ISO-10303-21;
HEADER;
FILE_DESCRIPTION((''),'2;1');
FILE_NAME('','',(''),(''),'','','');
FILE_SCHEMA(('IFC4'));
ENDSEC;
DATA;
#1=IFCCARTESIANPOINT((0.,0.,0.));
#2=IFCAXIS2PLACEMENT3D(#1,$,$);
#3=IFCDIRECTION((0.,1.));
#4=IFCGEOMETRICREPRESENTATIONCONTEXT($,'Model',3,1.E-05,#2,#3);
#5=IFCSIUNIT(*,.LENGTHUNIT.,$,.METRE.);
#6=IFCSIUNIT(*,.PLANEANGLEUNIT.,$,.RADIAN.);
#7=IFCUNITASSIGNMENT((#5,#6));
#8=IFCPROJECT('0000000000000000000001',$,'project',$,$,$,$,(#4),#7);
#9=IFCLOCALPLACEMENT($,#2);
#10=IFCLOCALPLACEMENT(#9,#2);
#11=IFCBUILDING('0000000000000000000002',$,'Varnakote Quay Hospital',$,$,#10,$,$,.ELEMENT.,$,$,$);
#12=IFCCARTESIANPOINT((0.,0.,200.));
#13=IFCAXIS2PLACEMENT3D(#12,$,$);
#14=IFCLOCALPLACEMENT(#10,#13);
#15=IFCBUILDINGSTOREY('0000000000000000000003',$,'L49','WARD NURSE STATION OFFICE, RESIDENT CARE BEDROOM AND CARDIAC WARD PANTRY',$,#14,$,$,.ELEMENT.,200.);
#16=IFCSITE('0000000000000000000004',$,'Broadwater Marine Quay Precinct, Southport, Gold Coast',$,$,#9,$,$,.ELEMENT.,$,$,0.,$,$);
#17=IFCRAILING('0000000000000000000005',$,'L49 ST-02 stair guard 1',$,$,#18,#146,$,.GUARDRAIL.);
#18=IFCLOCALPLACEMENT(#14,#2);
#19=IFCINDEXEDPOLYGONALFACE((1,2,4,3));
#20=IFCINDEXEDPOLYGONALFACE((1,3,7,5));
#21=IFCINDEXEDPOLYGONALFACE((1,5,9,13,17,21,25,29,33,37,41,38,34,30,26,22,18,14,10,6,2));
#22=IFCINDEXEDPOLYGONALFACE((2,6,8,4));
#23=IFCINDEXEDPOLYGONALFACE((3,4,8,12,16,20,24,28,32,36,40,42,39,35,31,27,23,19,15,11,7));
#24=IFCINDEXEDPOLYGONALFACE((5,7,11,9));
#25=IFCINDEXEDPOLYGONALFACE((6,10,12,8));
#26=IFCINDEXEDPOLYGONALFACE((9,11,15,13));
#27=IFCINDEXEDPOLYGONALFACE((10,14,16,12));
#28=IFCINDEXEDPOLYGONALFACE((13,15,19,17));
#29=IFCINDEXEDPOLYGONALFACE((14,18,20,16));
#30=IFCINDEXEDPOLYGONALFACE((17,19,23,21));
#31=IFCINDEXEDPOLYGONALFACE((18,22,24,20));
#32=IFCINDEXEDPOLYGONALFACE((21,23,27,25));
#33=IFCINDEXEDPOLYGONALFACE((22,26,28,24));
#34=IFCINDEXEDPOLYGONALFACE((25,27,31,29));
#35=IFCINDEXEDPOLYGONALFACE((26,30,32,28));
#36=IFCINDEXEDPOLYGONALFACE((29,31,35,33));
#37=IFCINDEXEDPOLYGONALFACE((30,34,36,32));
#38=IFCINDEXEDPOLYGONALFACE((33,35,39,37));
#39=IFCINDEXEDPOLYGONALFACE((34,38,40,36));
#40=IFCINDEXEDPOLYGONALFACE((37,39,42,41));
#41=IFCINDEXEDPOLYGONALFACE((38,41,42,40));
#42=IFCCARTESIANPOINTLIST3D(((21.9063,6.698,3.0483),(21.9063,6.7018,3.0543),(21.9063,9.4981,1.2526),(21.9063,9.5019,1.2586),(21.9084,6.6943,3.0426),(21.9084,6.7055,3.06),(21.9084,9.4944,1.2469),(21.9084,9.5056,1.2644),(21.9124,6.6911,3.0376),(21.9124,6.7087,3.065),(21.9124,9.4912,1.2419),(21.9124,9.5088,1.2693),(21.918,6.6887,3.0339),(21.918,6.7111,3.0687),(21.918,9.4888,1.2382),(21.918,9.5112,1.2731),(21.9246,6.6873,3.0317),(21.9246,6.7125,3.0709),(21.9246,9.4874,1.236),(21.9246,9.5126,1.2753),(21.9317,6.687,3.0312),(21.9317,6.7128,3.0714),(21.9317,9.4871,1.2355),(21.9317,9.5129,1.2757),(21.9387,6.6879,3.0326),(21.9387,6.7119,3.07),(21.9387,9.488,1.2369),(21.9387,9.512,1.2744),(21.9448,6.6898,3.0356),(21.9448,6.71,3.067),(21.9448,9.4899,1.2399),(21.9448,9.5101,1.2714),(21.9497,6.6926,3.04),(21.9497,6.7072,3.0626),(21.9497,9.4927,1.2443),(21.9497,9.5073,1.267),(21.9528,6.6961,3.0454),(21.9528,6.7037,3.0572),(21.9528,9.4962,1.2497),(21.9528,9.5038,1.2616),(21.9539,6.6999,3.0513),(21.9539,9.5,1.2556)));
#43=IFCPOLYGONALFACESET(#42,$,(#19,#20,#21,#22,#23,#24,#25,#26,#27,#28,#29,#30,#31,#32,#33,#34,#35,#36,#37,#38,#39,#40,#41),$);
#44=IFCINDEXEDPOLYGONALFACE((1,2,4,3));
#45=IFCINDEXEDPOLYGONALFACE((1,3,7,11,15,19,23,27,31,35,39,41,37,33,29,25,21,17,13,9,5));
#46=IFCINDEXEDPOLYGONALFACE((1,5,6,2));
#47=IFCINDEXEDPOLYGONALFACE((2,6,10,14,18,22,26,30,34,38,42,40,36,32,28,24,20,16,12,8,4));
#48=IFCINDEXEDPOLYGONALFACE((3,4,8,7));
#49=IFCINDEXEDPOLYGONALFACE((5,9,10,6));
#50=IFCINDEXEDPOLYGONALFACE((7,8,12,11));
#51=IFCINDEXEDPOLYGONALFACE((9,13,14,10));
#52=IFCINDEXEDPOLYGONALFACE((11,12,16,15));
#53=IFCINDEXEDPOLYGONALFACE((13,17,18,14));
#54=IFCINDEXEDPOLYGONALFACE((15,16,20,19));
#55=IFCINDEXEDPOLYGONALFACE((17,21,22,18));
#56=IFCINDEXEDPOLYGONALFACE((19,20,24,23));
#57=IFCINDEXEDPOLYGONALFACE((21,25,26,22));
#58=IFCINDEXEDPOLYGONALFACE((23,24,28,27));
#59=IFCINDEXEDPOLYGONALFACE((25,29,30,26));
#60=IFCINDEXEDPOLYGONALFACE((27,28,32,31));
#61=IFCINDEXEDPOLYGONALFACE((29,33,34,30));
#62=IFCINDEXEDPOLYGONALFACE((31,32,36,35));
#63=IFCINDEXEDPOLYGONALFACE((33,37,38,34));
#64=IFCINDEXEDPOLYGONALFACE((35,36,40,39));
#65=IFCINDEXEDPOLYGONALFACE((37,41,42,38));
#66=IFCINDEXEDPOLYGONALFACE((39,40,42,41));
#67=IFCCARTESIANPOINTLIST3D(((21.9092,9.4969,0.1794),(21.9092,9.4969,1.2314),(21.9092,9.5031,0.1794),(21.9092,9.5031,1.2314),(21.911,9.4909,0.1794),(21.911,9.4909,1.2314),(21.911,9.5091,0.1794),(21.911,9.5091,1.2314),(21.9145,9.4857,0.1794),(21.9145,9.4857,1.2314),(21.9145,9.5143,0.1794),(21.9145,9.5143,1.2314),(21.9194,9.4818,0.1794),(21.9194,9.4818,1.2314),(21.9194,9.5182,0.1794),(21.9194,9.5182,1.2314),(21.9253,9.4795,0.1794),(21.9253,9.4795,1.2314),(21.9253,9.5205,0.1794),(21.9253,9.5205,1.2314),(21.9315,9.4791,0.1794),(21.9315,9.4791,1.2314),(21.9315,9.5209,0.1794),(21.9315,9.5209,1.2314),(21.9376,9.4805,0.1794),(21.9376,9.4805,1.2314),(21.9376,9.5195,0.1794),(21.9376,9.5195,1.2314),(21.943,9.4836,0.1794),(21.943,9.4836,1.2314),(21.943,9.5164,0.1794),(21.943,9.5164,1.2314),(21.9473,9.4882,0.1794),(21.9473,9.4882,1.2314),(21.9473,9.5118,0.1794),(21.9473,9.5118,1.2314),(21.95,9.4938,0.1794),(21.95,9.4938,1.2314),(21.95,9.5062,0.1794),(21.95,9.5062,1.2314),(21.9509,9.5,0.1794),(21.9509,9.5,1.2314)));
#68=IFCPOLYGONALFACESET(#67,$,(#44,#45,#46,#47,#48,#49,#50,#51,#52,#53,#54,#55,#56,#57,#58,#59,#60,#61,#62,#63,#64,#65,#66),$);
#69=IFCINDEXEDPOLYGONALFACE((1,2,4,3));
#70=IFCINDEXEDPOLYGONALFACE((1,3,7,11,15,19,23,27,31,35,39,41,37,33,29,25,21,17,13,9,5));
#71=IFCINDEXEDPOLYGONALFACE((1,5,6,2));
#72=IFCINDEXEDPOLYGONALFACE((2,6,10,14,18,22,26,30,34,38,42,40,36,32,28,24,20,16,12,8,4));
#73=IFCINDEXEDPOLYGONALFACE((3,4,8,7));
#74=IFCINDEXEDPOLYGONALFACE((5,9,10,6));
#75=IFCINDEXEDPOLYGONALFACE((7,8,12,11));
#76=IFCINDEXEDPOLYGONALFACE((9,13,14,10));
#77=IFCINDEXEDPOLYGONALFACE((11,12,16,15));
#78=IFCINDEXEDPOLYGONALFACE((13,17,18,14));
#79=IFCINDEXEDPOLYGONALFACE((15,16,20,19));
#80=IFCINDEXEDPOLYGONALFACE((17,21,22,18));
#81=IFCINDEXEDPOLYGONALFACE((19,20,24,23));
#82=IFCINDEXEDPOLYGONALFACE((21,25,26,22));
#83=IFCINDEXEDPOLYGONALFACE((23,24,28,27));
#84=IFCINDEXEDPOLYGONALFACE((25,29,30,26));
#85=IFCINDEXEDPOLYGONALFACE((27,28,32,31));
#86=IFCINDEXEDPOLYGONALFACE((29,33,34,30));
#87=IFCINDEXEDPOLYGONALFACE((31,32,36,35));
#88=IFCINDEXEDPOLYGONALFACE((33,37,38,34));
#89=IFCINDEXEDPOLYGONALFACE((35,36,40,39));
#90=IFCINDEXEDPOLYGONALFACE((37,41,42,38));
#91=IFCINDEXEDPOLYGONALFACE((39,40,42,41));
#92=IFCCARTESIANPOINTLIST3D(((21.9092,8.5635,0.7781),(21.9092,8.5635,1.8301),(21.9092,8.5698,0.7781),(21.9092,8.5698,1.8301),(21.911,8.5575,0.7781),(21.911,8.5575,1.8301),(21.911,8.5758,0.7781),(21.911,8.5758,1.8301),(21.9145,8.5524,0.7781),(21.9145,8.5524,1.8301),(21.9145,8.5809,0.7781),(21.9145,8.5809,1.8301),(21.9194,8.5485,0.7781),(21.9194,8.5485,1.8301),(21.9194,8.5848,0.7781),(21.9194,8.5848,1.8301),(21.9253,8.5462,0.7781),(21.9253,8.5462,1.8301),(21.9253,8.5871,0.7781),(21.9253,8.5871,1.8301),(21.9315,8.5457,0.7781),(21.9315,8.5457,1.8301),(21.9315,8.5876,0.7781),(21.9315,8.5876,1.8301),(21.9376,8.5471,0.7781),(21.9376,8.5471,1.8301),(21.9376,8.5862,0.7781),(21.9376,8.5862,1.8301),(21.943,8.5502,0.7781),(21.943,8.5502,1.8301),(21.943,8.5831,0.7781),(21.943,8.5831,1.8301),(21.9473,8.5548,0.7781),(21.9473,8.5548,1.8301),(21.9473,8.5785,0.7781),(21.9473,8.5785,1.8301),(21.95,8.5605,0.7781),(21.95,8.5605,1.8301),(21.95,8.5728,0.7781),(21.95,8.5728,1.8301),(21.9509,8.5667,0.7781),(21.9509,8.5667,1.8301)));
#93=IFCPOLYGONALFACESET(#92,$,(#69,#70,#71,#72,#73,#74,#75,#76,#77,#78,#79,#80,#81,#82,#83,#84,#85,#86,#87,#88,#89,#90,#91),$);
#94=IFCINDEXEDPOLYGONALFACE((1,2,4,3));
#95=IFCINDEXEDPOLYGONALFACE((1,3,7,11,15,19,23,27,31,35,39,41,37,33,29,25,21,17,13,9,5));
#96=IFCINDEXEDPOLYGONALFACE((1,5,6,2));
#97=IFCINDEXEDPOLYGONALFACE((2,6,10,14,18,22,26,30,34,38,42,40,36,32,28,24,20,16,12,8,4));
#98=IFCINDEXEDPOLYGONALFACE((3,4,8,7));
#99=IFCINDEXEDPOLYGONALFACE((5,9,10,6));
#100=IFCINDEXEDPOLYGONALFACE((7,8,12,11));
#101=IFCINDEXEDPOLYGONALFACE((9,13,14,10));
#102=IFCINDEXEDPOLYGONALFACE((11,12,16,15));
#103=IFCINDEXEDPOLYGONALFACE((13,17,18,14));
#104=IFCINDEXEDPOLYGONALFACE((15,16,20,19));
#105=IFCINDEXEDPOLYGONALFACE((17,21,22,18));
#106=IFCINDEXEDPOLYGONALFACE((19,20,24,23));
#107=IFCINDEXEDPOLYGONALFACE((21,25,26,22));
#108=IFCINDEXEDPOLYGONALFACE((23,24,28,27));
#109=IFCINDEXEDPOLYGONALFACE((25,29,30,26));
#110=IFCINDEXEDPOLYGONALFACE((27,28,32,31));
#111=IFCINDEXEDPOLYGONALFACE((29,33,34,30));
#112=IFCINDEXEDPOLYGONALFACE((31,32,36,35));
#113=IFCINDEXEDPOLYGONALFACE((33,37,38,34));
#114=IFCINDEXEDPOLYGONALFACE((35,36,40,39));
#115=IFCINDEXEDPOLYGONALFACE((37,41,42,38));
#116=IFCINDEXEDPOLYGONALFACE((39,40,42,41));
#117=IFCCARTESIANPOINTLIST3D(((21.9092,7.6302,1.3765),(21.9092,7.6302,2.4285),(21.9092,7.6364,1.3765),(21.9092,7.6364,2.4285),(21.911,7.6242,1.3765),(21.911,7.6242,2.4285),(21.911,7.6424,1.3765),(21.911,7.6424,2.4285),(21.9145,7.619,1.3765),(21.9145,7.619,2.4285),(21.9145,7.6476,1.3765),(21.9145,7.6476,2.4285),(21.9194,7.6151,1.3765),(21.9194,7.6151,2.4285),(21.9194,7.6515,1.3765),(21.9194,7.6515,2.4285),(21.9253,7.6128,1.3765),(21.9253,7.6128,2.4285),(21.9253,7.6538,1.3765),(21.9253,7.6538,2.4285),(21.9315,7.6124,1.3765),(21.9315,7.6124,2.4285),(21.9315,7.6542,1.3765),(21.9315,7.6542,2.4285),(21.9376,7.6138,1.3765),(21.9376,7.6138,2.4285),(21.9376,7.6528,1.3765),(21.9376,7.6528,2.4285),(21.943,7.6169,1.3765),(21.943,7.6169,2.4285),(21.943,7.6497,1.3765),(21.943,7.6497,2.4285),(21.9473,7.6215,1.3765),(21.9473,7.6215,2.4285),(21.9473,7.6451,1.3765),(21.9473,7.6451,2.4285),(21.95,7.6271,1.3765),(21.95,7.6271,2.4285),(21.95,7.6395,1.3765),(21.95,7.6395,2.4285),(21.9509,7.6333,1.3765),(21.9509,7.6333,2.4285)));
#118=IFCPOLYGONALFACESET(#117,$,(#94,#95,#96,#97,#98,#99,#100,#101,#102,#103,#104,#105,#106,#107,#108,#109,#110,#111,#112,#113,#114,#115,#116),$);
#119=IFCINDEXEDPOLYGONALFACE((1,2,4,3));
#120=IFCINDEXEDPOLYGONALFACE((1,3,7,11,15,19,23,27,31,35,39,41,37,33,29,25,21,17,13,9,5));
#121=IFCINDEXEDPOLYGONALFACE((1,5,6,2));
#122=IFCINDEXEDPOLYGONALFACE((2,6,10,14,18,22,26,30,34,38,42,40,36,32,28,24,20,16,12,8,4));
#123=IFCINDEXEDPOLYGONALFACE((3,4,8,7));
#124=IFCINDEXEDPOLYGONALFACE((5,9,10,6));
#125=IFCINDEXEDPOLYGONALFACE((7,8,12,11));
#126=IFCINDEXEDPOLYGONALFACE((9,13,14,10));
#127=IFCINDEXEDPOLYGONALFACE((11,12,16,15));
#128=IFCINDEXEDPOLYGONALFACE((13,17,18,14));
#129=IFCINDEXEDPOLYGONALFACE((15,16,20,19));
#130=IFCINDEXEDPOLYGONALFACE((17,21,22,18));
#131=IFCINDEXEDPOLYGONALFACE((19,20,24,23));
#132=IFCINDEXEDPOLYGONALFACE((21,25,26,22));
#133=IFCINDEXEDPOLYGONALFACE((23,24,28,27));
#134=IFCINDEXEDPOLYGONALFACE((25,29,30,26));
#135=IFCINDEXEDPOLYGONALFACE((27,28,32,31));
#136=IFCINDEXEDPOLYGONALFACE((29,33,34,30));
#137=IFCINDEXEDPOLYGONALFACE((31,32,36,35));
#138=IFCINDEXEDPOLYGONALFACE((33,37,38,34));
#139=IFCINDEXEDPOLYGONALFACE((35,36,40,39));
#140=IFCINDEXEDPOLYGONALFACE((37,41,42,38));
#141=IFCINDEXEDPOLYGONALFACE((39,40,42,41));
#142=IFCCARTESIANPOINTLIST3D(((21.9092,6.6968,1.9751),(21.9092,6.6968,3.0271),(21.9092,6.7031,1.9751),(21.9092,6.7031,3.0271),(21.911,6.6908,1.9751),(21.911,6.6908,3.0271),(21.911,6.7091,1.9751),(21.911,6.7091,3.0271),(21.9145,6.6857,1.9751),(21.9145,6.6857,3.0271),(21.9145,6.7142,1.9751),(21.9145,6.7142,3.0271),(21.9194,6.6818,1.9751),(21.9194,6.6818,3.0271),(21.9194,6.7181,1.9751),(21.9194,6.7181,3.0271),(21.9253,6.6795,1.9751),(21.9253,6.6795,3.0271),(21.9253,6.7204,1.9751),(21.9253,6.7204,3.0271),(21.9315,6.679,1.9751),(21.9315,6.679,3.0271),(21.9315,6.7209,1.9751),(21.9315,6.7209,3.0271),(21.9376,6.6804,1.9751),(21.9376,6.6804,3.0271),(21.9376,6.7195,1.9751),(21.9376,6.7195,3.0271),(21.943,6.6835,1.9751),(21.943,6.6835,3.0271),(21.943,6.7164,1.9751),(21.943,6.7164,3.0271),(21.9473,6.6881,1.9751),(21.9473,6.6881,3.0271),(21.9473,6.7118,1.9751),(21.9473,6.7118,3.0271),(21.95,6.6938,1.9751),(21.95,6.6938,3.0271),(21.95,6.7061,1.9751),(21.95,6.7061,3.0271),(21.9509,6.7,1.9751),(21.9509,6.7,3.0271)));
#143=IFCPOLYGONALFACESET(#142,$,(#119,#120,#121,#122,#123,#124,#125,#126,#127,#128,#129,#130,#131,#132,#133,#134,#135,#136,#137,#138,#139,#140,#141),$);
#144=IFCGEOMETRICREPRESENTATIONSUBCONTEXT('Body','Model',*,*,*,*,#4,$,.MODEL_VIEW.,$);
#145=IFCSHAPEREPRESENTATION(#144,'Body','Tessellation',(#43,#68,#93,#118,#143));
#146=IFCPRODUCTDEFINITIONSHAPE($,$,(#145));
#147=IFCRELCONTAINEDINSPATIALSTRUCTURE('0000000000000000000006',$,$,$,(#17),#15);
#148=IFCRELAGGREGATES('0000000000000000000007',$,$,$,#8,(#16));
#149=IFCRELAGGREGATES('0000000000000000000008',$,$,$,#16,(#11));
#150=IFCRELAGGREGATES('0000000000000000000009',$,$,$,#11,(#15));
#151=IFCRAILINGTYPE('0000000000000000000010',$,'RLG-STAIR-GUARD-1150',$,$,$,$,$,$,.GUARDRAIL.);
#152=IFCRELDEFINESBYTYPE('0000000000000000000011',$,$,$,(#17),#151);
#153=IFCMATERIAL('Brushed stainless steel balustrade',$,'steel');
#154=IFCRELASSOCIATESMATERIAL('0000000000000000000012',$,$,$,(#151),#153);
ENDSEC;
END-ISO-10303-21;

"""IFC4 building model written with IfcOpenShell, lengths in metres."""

from ifc_helpers import new_model, si_unit, direction, frame, origin, origin_2d, place, context, subcontext, project, spatial, circle, extrude, material, type_object, element, save


model = new_model("IFC4")

# Units and contexts
model_context = context("Model", 3, precision=1e-05, world=origin(), true_north=direction((0.0, 1.0)))
body_context = subcontext(model_context, "Body", "Model", "MODEL_VIEW")
ifc_project = project(units=[si_unit("LENGTHUNIT", "METRE"), si_unit("PLANEANGLEUNIT", "RADIAN")], contexts=[model_context])

# Site, building, storey
site_placement = place(None, origin())
site = spatial("IfcSite", under=ifc_project, at=site_placement, Name="Broadwater Marine Quay Precinct, Southport, Gold Coast", CompositionType="ELEMENT", RefElevation=0.0)
building_placement = place(site_placement, origin())
building = spatial("IfcBuilding", under=site, at=building_placement, Name="Varnakote Quay Hospital", CompositionType="ELEMENT")
storey_placement = place(building_placement, frame((0.0, 0.0, 200.0)))
storey = spatial("IfcBuildingStorey", under=building, at=storey_placement, Name="L49", Description="WARD NURSE STATION OFFICE, RESIDENT CARE BEDROOM AND CARDIAC WARD PANTRY", CompositionType="ELEMENT", Elevation=200.0)

# Railing
ifc_material_1 = material(Name="Brushed stainless steel balustrade", Category="steel")
railing_type_1 = type_object("IfcRailingType", Name="RLG-STAIR-GUARD-1150", PredefinedType="GUARDRAIL", material=ifc_material_1)
railing_1_placement = place(storey_placement, frame((21.9299, 9.5, 0.1794)))
element("IfcRailing", 1, at=railing_1_placement, inside=storey, type_object=railing_type_1, Name="L49 ST-02 stair guard 1", PredefinedType="GUARDRAIL", context=body_context, shape_type="SweptSolid", body=[
    extrude(circle(Radius=0.0239, at=origin_2d()), frame((0.0, 0.0, 1.0762), z_axis=(0.0, -0.841777, 0.539826), x_axis=(1.0, 0.0, 0.0)), (0.0, 0.0, 1.0), 3.3264),
    extrude(circle(Radius=0.021, at=origin_2d()), origin(), (0.0, 0.0, 1.0), 1.052),
    extrude(circle(Radius=0.021, at=origin_2d()), frame((0.0, -0.9333, 0.5986)), (0.0, 0.0, 1.0), 1.052),
    extrude(circle(Radius=0.021, at=origin_2d()), frame((0.0, -1.8667, 1.197)), (0.0, 0.0, 1.0), 1.052),
    extrude(circle(Radius=0.021, at=origin_2d()), frame((0.0, -2.8, 1.7957)), (0.0, 0.0, 1.0), 1.052),
])

save(model, "model.ifc")
